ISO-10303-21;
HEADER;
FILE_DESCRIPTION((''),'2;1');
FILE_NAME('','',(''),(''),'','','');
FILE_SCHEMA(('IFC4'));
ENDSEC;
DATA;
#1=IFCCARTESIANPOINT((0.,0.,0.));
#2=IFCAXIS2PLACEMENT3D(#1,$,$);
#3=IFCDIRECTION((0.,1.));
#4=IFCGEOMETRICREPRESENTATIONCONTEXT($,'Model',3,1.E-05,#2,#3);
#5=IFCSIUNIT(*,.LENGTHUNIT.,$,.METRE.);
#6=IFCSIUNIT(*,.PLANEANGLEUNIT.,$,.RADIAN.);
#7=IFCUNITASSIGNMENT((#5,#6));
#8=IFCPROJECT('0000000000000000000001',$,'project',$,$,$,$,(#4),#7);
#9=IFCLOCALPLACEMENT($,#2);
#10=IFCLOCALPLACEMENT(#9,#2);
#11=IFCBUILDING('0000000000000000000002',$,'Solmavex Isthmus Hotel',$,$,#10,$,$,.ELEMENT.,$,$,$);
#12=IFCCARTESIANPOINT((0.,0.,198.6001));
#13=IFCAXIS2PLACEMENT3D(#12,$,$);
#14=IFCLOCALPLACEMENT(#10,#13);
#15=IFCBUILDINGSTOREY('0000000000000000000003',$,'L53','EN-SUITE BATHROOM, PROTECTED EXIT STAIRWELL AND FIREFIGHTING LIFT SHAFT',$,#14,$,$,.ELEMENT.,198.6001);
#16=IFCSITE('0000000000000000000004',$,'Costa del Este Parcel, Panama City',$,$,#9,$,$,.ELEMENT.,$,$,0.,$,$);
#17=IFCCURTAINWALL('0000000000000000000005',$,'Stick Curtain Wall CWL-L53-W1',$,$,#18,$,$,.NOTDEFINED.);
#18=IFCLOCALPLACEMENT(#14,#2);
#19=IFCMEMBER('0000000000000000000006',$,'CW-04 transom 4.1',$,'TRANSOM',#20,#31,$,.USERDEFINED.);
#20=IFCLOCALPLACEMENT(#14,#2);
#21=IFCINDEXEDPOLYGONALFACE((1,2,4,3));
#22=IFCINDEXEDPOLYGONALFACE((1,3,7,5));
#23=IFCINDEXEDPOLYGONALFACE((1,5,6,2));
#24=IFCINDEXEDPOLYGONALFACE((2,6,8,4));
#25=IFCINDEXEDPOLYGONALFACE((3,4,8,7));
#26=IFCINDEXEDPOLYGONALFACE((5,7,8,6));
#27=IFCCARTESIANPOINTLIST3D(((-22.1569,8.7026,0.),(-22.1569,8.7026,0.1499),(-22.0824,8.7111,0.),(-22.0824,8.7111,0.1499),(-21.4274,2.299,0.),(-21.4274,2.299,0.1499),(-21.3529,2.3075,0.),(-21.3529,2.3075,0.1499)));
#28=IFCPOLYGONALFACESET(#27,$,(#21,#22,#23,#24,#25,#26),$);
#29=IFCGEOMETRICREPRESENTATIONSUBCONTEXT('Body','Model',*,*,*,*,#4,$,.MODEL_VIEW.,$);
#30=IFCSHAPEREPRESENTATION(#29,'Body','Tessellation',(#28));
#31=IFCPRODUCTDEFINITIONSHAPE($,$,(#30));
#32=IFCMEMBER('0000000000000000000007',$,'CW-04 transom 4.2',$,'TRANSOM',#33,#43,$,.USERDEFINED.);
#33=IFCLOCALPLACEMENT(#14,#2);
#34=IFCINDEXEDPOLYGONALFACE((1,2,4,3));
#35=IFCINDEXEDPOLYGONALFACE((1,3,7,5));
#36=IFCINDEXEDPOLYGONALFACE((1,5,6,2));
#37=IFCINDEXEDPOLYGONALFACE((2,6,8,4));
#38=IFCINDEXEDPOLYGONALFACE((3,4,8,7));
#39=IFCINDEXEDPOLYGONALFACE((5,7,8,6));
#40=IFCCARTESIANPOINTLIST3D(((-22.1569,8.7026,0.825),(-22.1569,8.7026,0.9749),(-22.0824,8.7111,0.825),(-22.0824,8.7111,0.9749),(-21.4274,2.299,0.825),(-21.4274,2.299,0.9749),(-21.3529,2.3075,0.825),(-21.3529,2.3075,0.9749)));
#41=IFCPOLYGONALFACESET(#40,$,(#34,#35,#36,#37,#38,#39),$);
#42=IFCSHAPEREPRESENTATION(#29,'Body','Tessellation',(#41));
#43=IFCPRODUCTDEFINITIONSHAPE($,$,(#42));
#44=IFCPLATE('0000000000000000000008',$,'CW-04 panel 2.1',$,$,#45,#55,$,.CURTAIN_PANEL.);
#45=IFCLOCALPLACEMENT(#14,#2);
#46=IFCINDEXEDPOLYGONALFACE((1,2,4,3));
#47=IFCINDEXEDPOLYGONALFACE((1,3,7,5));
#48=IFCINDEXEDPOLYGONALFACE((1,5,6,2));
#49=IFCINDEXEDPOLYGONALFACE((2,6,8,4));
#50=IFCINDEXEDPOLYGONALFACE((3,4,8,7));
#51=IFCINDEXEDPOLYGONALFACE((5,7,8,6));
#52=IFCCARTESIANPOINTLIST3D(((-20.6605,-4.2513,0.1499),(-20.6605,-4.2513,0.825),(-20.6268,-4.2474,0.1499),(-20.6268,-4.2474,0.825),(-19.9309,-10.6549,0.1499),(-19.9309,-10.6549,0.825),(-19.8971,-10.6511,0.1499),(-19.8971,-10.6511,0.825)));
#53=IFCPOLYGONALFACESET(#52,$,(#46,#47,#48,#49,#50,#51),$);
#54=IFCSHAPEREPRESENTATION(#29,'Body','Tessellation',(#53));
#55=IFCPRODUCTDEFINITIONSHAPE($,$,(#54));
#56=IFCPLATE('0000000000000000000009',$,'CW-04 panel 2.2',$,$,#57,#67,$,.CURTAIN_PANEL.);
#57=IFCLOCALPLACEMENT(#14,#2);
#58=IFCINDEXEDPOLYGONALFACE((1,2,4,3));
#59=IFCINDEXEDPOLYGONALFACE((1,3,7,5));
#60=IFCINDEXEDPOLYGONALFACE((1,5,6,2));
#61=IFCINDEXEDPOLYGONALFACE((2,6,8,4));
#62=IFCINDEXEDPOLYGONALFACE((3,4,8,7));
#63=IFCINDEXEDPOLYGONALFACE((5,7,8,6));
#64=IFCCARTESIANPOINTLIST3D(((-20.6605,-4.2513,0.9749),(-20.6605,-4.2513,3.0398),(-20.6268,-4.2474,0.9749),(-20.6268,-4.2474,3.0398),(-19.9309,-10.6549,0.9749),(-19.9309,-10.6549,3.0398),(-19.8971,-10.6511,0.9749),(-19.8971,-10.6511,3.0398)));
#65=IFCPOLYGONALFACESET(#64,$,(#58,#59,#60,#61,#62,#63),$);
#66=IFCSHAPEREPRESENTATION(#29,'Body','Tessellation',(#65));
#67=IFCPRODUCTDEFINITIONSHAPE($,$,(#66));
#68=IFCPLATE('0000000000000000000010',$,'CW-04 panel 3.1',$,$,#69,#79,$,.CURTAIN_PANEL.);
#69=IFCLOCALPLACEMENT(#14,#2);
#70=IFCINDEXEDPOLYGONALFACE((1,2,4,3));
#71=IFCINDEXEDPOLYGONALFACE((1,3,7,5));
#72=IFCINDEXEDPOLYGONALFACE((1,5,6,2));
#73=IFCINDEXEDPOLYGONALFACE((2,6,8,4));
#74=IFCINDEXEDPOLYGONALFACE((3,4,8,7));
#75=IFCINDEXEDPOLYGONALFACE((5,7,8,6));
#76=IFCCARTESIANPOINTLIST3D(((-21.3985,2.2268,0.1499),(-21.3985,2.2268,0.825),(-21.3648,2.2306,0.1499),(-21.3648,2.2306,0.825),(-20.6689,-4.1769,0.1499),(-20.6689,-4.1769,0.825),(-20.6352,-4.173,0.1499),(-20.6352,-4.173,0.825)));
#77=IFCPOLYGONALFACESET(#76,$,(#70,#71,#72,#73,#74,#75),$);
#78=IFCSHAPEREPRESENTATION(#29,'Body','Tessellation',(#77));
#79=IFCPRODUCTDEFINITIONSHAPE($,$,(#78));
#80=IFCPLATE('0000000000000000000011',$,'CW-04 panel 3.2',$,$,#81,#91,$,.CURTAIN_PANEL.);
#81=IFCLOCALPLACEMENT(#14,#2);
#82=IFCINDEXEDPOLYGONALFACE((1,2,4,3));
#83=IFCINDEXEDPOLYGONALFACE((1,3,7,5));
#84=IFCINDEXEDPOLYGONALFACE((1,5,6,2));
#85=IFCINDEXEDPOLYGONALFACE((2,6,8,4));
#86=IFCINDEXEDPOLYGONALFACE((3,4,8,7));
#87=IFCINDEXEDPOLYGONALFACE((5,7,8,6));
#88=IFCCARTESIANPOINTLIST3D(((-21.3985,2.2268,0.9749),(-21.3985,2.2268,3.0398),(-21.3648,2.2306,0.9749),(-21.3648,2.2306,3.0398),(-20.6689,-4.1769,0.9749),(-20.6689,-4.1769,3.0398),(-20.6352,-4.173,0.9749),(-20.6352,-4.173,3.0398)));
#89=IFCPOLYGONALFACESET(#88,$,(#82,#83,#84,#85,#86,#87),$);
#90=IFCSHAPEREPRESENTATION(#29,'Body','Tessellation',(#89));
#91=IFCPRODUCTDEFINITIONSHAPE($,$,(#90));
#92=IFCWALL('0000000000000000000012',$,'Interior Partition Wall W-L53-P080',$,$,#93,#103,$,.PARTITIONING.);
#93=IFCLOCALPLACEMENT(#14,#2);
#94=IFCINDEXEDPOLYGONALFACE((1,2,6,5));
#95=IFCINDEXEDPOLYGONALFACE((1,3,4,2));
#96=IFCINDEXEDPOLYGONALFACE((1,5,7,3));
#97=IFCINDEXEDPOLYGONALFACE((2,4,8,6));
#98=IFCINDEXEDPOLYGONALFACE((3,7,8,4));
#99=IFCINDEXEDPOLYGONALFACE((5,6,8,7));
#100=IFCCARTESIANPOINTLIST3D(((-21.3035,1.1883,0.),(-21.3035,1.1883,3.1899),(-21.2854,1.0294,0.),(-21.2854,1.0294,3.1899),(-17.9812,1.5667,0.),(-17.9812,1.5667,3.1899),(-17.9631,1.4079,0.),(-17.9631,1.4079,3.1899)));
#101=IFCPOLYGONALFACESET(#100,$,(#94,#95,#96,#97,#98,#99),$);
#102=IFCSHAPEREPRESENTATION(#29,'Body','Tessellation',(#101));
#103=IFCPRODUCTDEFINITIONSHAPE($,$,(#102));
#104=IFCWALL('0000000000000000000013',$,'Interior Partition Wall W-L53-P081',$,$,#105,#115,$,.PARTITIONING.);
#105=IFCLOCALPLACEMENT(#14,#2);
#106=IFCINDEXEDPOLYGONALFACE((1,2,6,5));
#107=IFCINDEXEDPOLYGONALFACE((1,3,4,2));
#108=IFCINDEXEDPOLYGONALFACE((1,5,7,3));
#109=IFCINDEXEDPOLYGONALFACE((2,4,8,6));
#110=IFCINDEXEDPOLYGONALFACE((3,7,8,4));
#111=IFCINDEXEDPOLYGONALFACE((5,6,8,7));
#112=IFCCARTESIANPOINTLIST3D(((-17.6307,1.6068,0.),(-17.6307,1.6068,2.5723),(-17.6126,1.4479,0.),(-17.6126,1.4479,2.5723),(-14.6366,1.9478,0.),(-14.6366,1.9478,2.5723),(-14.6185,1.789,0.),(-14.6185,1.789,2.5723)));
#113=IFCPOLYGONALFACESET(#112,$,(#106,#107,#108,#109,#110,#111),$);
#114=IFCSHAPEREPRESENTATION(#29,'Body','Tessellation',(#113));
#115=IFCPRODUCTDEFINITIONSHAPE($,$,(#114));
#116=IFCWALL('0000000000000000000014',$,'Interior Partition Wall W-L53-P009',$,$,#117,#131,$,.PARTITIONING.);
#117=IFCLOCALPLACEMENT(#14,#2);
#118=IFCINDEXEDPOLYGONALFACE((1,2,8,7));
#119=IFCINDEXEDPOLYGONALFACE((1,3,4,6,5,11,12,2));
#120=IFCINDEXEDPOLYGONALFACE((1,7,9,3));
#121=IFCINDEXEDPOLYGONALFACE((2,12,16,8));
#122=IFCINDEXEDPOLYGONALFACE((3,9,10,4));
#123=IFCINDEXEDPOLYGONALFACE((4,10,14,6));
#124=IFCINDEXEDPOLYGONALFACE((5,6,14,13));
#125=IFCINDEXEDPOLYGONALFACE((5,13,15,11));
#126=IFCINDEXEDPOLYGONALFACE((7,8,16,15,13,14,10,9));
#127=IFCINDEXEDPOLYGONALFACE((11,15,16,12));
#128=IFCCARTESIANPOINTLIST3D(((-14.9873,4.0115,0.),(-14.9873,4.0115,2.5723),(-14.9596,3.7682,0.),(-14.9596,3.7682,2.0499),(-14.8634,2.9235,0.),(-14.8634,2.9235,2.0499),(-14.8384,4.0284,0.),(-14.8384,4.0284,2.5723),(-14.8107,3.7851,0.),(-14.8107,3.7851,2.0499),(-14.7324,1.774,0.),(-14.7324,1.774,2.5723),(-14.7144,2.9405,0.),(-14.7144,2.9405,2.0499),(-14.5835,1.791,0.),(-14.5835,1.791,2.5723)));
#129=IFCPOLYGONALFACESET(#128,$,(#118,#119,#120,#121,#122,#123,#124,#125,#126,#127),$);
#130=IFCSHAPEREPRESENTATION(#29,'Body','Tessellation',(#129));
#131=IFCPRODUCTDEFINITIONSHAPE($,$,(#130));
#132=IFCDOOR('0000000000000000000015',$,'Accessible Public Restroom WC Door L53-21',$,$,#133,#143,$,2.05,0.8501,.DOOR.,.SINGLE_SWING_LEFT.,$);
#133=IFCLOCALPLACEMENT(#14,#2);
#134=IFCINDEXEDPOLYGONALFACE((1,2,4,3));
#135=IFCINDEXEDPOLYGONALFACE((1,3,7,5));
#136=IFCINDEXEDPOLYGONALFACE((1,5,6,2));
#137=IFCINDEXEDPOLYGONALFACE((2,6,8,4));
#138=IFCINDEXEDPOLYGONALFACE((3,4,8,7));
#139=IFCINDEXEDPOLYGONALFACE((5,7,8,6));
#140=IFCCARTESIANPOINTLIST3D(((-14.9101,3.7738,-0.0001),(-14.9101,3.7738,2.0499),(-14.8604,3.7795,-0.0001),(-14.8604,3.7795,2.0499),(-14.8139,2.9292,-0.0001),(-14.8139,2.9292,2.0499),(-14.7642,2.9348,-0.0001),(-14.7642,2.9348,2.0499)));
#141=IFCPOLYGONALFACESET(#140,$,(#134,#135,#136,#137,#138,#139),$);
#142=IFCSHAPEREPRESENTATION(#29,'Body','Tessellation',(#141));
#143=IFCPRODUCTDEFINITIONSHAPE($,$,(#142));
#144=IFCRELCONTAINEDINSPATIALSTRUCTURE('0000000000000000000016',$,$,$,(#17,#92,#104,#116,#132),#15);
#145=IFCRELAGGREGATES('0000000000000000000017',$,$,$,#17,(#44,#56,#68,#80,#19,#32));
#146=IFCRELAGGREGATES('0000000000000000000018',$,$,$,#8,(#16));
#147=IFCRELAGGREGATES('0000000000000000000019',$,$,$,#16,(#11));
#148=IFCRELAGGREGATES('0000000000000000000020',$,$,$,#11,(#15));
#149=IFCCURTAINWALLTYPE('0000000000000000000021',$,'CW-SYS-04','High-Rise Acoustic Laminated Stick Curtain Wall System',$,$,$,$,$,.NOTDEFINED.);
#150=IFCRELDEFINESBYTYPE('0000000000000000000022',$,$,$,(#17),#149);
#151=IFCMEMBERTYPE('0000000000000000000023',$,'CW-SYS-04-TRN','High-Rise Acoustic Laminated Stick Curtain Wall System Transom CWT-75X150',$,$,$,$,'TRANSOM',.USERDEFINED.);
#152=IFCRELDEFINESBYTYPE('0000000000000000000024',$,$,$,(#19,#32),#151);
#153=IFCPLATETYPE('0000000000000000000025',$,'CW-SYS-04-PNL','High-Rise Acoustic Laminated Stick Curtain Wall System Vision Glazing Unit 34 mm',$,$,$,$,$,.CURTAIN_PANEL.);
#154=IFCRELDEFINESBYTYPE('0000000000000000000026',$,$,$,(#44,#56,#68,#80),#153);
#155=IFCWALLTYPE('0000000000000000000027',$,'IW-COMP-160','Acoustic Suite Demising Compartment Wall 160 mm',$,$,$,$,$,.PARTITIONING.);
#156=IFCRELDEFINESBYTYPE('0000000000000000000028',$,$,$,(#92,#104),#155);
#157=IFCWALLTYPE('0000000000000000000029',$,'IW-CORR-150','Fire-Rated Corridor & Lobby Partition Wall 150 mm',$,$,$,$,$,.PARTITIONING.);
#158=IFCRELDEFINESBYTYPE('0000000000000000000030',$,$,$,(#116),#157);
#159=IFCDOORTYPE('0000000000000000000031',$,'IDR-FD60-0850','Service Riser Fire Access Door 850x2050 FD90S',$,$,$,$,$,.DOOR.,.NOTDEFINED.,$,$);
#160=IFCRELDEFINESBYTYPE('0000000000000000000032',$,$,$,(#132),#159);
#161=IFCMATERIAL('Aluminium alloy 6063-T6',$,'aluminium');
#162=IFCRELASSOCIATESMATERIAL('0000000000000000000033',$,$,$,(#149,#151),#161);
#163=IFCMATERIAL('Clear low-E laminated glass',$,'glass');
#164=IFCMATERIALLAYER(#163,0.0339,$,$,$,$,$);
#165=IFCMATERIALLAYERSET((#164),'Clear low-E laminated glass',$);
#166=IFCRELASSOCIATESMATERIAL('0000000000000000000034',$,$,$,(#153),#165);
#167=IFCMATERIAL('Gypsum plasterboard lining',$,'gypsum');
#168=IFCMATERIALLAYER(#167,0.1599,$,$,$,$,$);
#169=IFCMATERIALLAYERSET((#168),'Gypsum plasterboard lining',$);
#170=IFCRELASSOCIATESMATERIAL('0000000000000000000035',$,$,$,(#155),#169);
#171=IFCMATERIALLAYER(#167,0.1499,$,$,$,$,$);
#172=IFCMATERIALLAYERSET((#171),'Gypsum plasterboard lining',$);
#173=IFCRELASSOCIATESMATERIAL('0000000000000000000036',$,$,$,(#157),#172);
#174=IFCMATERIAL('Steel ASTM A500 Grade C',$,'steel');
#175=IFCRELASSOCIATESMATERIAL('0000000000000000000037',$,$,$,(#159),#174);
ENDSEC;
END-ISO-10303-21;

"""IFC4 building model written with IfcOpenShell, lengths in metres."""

from ifc_helpers import new_model, si_unit, direction, frame, frame_2d, origin, origin_2d, place, context, subcontext, project, spatial, rectangle, extrude, material, layer, layer_set, material_profile, profile_set, type_object, element, fill, aggregate, save


model = new_model("IFC4")

# Units and contexts
model_context = context("Model", 3, precision=1e-05, world=origin(), true_north=direction((0.0, 1.0)))
body_context = subcontext(model_context, "Body", "Model", "MODEL_VIEW")
ifc_project = project(units=[si_unit("LENGTHUNIT", "METRE"), si_unit("PLANEANGLEUNIT", "RADIAN")], contexts=[model_context])

# Site, building, storey
site_placement = place(None, origin())
site = spatial("IfcSite", under=ifc_project, at=site_placement, Name="Costa del Este Parcel, Panama City", CompositionType="ELEMENT", RefElevation=0.0)
building_placement = place(site_placement, origin())
building = spatial("IfcBuilding", under=site, at=building_placement, Name="Solmavex Isthmus Hotel", CompositionType="ELEMENT")
storey_placement = place(building_placement, frame((0.0, 0.0, 198.6001)))
storey = spatial("IfcBuildingStorey", under=building, at=storey_placement, Name="L53", Description="EN-SUITE BATHROOM, PROTECTED EXIT STAIRWELL AND FIREFIGHTING LIFT SHAFT", CompositionType="ELEMENT", Elevation=198.6001)

# Curtain wall, members, plates
ifc_material_1 = material(Name="Aluminium alloy 6063-T6", Category="aluminium")
curtain_wall_type = type_object("IfcCurtainWallType", Name="CW-SYS-04", Description="High-Rise Acoustic Laminated Stick Curtain Wall System", PredefinedType="NOTDEFINED", material=ifc_material_1)
curtain_wall_placement = place(storey_placement, origin())
curtain_wall = element("IfcCurtainWall", 1, at=curtain_wall_placement, inside=storey, type_object=curtain_wall_type, Name="Stick Curtain Wall CWL-L53-W1", PredefinedType="NOTDEFINED")
ifc_material_profile_1 = material_profile(ifc_material_1, rectangle(XDim=0.075, YDim=0.1499, at=origin_2d()), Name="CWT-75X150")
ifc_profile_set_1 = profile_set([ifc_material_profile_1], Name="Aluminium alloy 6063-T6")
member_type_1 = type_object("IfcMemberType", Name="CW-SYS-04-TRN", Description="High-Rise Acoustic Laminated Stick Curtain Wall System Transom CWT-75X150", ElementType="TRANSOM", PredefinedType="USERDEFINED", material=ifc_profile_set_1)
member_1_placement = place(storey_placement, frame((-21.3901, 2.3032, 0.075), z_axis=(-0.113188, 0.993574, 0.0), x_axis=(-0.993574, -0.113188, 0.0)))
member_1 = element("IfcMember", 2, at=member_1_placement, type_object=member_type_1, Name="CW-04 transom 4.1", ObjectType="TRANSOM", PredefinedType="USERDEFINED", context=body_context, shape_type="SweptSolid", body=[
    extrude(rectangle(XDim=0.075, YDim=0.1499, at=origin_2d()), origin(), (0.0, 0.0, 1.0), 6.4451),
])
member_2_placement = place(storey_placement, frame((-21.3901, 2.3032, 0.8999), z_axis=(-0.113188, 0.993574, 0.0), x_axis=(-0.993574, -0.113188, 0.0)))
member_2 = element("IfcMember", 3, at=member_2_placement, type_object=member_type_1, Name="CW-04 transom 4.2", ObjectType="TRANSOM", PredefinedType="USERDEFINED", context=body_context, shape_type="SweptSolid", body=[
    extrude(rectangle(XDim=0.075, YDim=0.1499, at=origin_2d()), origin(), (0.0, 0.0, 1.0), 6.4451),
])
ifc_material_2 = material(Name="Clear low-E laminated glass", Category="glass")
ifc_layer_1 = layer(ifc_material_2, 0.0339)
ifc_layer_set_1 = layer_set([ifc_layer_1], Name="Clear low-E laminated glass")
plate_type = type_object("IfcPlateType", Name="CW-SYS-04-PNL", Description="High-Rise Acoustic Laminated Stick Curtain Wall System Vision Glazing Unit 34 mm", PredefinedType="CURTAIN_PANEL", material=ifc_layer_set_1)
plate_1_placement = place(storey_placement, frame((-20.2788, -7.4512, 0.1499), z_axis=(0.0, 0.0, 1.0), x_axis=(-0.113203, 0.993572, 0.0)))
plate_1 = element("IfcPlate", 4, at=plate_1_placement, type_object=plate_type, Name="CW-04 panel 2.1", PredefinedType="CURTAIN_PANEL", context=body_context, shape_type="SweptSolid", body=[
    extrude(rectangle(XDim=6.4451, YDim=0.0339, at=origin_2d()), origin(), (0.0, 0.0, 1.0), 0.675),
])
plate_2_placement = place(storey_placement, frame((-20.2788, -7.4512, 0.9749), z_axis=(0.0, 0.0, 1.0), x_axis=(-0.113203, 0.993572, 0.0)))
plate_2 = element("IfcPlate", 5, at=plate_2_placement, type_object=plate_type, Name="CW-04 panel 2.2", PredefinedType="CURTAIN_PANEL", context=body_context, shape_type="SweptSolid", body=[
    extrude(rectangle(XDim=6.4451, YDim=0.0339, at=origin_2d()), origin(), (0.0, 0.0, 1.0), 2.0649),
])
plate_3_placement = place(storey_placement, frame((-21.0168, -0.9731, 0.1499), z_axis=(0.0, 0.0, 1.0), x_axis=(-0.113203, 0.993572, 0.0)))
plate_3 = element("IfcPlate", 6, at=plate_3_placement, type_object=plate_type, Name="CW-04 panel 3.1", PredefinedType="CURTAIN_PANEL", context=body_context, shape_type="SweptSolid", body=[
    extrude(rectangle(XDim=6.4451, YDim=0.0339, at=origin_2d()), origin(), (0.0, 0.0, 1.0), 0.675),
])
plate_4_placement = place(storey_placement, frame((-21.0168, -0.9731, 0.9749), z_axis=(0.0, 0.0, 1.0), x_axis=(-0.113203, 0.993572, 0.0)))
plate_4 = element("IfcPlate", 7, at=plate_4_placement, type_object=plate_type, Name="CW-04 panel 3.2", PredefinedType="CURTAIN_PANEL", context=body_context, shape_type="SweptSolid", body=[
    extrude(rectangle(XDim=6.4451, YDim=0.0339, at=origin_2d()), origin(), (0.0, 0.0, 1.0), 2.0649),
])
aggregate(curtain_wall, [plate_1, plate_2, plate_3, plate_4, member_1, member_2])

# Walls
ifc_material_3 = material(Name="Gypsum plasterboard lining", Category="gypsum")
ifc_layer_2 = layer(ifc_material_3, 0.1599)
ifc_layer_set_2 = layer_set([ifc_layer_2], Name="Gypsum plasterboard lining")
wall_type_1 = type_object("IfcWallType", Name="IW-COMP-160", Description="Acoustic Suite Demising Compartment Wall 160 mm", PredefinedType="PARTITIONING", material=ifc_layer_set_2)
wall_1_placement = place(storey_placement, frame((-17.9722, 1.4873, 0.0), z_axis=(0.0, 0.0, 1.0), x_axis=(-0.993575, -0.113172, 0.0)))
element("IfcWall", 8, at=wall_1_placement, inside=storey, type_object=wall_type_1, Name="Interior Partition Wall W-L53-P080", PredefinedType="PARTITIONING", context=body_context, shape_type="SweptSolid", body=[
    extrude(rectangle(XDim=3.3438, YDim=0.1599, at=frame_2d((1.6719, 0.0))), origin(), (0.0, 0.0, 1.0), 3.1899),
])
wall_2_placement = place(storey_placement, frame((-14.6274, 1.8684, 0.0), z_axis=(0.0, 0.0, 1.0), x_axis=(-0.993575, -0.113179, 0.0)))
element("IfcWall", 9, at=wall_2_placement, inside=storey, type_object=wall_type_1, Name="Interior Partition Wall W-L53-P081", PredefinedType="PARTITIONING", context=body_context, shape_type="SweptSolid", body=[
    extrude(rectangle(XDim=3.0134, YDim=0.1599, at=frame_2d((1.5068, 0.0))), origin(), (0.0, 0.0, 1.0), 2.5723),
])

# Wall, opening, door
ifc_layer_3 = layer(ifc_material_3, 0.1499)
ifc_layer_set_3 = layer_set([ifc_layer_3], Name="Gypsum plasterboard lining")
wall_type_2 = type_object("IfcWallType", Name="IW-CORR-150", Description="Fire-Rated Corridor & Lobby Partition Wall 150 mm", PredefinedType="PARTITIONING", material=ifc_layer_set_3)
wall_3_placement = place(storey_placement, frame((-14.658, 1.7825, 0.0), z_axis=(0.0, 0.0, 1.0), x_axis=(-0.11318, 0.993575, 0.0)))
wall_3 = element("IfcWall", 10, at=wall_3_placement, inside=storey, type_object=wall_type_2, Name="Interior Partition Wall W-L53-P009", PredefinedType="PARTITIONING", context=body_context, shape_type="SweptSolid", body=[
    extrude(rectangle(XDim=2.252, YDim=0.1499, at=frame_2d((1.126, 0.0))), origin(), (0.0, 0.0, 1.0), 2.5723),
])
opening_1_placement = place(wall_3_placement, frame((1.157, 0.0, 0.0)))
opening_1 = element("IfcOpeningElement", 11, at=opening_1_placement, cuts=wall_3, PredefinedType="OPENING", context=body_context, shape_type="SweptSolid", body=[
    extrude(rectangle(XDim=0.8501, YDim=2.05, at=frame_2d((0.425, 1.0249))), frame((0.0, 0.085, 0.0), z_axis=(0.0, -1.0, 0.0), x_axis=(1.0, 0.0, 0.0)), (0.0, 0.0, 1.0), 0.1699),
])
ifc_material_4 = material(Name="Steel ASTM A500 Grade C", Category="steel")
door_type_1 = type_object("IfcDoorType", Name="IDR-FD60-0850", Description="Service Riser Fire Access Door 850x2050 FD90S", OperationType="NOTDEFINED", PredefinedType="DOOR", material=ifc_material_4)
door_1_placement = place(opening_1_placement, frame((0.8501, 0.0, 0.0), z_axis=(0.0, 0.0, 1.0), x_axis=(-1.0, 0.0, 0.0)))
door_1 = element("IfcDoor", 12, at=door_1_placement, inside=storey, type_object=door_type_1, Name="Accessible Public Restroom WC Door L53-21", OperationType="SINGLE_SWING_LEFT", OverallHeight=2.05, OverallWidth=0.8501, PredefinedType="DOOR", context=body_context, shape_type="SweptSolid", body=[
    extrude(rectangle(XDim=0.8501, YDim=2.05, at=frame_2d((0.425, 1.0249))), frame((0.0, 0.0249, 0.0), z_axis=(0.0, -1.0, 0.0), x_axis=(1.0, 0.0, 0.0)), (0.0, 0.0, 1.0), 0.05),
])
fill(opening_1, door_1)

save(model, "model.ifc")
